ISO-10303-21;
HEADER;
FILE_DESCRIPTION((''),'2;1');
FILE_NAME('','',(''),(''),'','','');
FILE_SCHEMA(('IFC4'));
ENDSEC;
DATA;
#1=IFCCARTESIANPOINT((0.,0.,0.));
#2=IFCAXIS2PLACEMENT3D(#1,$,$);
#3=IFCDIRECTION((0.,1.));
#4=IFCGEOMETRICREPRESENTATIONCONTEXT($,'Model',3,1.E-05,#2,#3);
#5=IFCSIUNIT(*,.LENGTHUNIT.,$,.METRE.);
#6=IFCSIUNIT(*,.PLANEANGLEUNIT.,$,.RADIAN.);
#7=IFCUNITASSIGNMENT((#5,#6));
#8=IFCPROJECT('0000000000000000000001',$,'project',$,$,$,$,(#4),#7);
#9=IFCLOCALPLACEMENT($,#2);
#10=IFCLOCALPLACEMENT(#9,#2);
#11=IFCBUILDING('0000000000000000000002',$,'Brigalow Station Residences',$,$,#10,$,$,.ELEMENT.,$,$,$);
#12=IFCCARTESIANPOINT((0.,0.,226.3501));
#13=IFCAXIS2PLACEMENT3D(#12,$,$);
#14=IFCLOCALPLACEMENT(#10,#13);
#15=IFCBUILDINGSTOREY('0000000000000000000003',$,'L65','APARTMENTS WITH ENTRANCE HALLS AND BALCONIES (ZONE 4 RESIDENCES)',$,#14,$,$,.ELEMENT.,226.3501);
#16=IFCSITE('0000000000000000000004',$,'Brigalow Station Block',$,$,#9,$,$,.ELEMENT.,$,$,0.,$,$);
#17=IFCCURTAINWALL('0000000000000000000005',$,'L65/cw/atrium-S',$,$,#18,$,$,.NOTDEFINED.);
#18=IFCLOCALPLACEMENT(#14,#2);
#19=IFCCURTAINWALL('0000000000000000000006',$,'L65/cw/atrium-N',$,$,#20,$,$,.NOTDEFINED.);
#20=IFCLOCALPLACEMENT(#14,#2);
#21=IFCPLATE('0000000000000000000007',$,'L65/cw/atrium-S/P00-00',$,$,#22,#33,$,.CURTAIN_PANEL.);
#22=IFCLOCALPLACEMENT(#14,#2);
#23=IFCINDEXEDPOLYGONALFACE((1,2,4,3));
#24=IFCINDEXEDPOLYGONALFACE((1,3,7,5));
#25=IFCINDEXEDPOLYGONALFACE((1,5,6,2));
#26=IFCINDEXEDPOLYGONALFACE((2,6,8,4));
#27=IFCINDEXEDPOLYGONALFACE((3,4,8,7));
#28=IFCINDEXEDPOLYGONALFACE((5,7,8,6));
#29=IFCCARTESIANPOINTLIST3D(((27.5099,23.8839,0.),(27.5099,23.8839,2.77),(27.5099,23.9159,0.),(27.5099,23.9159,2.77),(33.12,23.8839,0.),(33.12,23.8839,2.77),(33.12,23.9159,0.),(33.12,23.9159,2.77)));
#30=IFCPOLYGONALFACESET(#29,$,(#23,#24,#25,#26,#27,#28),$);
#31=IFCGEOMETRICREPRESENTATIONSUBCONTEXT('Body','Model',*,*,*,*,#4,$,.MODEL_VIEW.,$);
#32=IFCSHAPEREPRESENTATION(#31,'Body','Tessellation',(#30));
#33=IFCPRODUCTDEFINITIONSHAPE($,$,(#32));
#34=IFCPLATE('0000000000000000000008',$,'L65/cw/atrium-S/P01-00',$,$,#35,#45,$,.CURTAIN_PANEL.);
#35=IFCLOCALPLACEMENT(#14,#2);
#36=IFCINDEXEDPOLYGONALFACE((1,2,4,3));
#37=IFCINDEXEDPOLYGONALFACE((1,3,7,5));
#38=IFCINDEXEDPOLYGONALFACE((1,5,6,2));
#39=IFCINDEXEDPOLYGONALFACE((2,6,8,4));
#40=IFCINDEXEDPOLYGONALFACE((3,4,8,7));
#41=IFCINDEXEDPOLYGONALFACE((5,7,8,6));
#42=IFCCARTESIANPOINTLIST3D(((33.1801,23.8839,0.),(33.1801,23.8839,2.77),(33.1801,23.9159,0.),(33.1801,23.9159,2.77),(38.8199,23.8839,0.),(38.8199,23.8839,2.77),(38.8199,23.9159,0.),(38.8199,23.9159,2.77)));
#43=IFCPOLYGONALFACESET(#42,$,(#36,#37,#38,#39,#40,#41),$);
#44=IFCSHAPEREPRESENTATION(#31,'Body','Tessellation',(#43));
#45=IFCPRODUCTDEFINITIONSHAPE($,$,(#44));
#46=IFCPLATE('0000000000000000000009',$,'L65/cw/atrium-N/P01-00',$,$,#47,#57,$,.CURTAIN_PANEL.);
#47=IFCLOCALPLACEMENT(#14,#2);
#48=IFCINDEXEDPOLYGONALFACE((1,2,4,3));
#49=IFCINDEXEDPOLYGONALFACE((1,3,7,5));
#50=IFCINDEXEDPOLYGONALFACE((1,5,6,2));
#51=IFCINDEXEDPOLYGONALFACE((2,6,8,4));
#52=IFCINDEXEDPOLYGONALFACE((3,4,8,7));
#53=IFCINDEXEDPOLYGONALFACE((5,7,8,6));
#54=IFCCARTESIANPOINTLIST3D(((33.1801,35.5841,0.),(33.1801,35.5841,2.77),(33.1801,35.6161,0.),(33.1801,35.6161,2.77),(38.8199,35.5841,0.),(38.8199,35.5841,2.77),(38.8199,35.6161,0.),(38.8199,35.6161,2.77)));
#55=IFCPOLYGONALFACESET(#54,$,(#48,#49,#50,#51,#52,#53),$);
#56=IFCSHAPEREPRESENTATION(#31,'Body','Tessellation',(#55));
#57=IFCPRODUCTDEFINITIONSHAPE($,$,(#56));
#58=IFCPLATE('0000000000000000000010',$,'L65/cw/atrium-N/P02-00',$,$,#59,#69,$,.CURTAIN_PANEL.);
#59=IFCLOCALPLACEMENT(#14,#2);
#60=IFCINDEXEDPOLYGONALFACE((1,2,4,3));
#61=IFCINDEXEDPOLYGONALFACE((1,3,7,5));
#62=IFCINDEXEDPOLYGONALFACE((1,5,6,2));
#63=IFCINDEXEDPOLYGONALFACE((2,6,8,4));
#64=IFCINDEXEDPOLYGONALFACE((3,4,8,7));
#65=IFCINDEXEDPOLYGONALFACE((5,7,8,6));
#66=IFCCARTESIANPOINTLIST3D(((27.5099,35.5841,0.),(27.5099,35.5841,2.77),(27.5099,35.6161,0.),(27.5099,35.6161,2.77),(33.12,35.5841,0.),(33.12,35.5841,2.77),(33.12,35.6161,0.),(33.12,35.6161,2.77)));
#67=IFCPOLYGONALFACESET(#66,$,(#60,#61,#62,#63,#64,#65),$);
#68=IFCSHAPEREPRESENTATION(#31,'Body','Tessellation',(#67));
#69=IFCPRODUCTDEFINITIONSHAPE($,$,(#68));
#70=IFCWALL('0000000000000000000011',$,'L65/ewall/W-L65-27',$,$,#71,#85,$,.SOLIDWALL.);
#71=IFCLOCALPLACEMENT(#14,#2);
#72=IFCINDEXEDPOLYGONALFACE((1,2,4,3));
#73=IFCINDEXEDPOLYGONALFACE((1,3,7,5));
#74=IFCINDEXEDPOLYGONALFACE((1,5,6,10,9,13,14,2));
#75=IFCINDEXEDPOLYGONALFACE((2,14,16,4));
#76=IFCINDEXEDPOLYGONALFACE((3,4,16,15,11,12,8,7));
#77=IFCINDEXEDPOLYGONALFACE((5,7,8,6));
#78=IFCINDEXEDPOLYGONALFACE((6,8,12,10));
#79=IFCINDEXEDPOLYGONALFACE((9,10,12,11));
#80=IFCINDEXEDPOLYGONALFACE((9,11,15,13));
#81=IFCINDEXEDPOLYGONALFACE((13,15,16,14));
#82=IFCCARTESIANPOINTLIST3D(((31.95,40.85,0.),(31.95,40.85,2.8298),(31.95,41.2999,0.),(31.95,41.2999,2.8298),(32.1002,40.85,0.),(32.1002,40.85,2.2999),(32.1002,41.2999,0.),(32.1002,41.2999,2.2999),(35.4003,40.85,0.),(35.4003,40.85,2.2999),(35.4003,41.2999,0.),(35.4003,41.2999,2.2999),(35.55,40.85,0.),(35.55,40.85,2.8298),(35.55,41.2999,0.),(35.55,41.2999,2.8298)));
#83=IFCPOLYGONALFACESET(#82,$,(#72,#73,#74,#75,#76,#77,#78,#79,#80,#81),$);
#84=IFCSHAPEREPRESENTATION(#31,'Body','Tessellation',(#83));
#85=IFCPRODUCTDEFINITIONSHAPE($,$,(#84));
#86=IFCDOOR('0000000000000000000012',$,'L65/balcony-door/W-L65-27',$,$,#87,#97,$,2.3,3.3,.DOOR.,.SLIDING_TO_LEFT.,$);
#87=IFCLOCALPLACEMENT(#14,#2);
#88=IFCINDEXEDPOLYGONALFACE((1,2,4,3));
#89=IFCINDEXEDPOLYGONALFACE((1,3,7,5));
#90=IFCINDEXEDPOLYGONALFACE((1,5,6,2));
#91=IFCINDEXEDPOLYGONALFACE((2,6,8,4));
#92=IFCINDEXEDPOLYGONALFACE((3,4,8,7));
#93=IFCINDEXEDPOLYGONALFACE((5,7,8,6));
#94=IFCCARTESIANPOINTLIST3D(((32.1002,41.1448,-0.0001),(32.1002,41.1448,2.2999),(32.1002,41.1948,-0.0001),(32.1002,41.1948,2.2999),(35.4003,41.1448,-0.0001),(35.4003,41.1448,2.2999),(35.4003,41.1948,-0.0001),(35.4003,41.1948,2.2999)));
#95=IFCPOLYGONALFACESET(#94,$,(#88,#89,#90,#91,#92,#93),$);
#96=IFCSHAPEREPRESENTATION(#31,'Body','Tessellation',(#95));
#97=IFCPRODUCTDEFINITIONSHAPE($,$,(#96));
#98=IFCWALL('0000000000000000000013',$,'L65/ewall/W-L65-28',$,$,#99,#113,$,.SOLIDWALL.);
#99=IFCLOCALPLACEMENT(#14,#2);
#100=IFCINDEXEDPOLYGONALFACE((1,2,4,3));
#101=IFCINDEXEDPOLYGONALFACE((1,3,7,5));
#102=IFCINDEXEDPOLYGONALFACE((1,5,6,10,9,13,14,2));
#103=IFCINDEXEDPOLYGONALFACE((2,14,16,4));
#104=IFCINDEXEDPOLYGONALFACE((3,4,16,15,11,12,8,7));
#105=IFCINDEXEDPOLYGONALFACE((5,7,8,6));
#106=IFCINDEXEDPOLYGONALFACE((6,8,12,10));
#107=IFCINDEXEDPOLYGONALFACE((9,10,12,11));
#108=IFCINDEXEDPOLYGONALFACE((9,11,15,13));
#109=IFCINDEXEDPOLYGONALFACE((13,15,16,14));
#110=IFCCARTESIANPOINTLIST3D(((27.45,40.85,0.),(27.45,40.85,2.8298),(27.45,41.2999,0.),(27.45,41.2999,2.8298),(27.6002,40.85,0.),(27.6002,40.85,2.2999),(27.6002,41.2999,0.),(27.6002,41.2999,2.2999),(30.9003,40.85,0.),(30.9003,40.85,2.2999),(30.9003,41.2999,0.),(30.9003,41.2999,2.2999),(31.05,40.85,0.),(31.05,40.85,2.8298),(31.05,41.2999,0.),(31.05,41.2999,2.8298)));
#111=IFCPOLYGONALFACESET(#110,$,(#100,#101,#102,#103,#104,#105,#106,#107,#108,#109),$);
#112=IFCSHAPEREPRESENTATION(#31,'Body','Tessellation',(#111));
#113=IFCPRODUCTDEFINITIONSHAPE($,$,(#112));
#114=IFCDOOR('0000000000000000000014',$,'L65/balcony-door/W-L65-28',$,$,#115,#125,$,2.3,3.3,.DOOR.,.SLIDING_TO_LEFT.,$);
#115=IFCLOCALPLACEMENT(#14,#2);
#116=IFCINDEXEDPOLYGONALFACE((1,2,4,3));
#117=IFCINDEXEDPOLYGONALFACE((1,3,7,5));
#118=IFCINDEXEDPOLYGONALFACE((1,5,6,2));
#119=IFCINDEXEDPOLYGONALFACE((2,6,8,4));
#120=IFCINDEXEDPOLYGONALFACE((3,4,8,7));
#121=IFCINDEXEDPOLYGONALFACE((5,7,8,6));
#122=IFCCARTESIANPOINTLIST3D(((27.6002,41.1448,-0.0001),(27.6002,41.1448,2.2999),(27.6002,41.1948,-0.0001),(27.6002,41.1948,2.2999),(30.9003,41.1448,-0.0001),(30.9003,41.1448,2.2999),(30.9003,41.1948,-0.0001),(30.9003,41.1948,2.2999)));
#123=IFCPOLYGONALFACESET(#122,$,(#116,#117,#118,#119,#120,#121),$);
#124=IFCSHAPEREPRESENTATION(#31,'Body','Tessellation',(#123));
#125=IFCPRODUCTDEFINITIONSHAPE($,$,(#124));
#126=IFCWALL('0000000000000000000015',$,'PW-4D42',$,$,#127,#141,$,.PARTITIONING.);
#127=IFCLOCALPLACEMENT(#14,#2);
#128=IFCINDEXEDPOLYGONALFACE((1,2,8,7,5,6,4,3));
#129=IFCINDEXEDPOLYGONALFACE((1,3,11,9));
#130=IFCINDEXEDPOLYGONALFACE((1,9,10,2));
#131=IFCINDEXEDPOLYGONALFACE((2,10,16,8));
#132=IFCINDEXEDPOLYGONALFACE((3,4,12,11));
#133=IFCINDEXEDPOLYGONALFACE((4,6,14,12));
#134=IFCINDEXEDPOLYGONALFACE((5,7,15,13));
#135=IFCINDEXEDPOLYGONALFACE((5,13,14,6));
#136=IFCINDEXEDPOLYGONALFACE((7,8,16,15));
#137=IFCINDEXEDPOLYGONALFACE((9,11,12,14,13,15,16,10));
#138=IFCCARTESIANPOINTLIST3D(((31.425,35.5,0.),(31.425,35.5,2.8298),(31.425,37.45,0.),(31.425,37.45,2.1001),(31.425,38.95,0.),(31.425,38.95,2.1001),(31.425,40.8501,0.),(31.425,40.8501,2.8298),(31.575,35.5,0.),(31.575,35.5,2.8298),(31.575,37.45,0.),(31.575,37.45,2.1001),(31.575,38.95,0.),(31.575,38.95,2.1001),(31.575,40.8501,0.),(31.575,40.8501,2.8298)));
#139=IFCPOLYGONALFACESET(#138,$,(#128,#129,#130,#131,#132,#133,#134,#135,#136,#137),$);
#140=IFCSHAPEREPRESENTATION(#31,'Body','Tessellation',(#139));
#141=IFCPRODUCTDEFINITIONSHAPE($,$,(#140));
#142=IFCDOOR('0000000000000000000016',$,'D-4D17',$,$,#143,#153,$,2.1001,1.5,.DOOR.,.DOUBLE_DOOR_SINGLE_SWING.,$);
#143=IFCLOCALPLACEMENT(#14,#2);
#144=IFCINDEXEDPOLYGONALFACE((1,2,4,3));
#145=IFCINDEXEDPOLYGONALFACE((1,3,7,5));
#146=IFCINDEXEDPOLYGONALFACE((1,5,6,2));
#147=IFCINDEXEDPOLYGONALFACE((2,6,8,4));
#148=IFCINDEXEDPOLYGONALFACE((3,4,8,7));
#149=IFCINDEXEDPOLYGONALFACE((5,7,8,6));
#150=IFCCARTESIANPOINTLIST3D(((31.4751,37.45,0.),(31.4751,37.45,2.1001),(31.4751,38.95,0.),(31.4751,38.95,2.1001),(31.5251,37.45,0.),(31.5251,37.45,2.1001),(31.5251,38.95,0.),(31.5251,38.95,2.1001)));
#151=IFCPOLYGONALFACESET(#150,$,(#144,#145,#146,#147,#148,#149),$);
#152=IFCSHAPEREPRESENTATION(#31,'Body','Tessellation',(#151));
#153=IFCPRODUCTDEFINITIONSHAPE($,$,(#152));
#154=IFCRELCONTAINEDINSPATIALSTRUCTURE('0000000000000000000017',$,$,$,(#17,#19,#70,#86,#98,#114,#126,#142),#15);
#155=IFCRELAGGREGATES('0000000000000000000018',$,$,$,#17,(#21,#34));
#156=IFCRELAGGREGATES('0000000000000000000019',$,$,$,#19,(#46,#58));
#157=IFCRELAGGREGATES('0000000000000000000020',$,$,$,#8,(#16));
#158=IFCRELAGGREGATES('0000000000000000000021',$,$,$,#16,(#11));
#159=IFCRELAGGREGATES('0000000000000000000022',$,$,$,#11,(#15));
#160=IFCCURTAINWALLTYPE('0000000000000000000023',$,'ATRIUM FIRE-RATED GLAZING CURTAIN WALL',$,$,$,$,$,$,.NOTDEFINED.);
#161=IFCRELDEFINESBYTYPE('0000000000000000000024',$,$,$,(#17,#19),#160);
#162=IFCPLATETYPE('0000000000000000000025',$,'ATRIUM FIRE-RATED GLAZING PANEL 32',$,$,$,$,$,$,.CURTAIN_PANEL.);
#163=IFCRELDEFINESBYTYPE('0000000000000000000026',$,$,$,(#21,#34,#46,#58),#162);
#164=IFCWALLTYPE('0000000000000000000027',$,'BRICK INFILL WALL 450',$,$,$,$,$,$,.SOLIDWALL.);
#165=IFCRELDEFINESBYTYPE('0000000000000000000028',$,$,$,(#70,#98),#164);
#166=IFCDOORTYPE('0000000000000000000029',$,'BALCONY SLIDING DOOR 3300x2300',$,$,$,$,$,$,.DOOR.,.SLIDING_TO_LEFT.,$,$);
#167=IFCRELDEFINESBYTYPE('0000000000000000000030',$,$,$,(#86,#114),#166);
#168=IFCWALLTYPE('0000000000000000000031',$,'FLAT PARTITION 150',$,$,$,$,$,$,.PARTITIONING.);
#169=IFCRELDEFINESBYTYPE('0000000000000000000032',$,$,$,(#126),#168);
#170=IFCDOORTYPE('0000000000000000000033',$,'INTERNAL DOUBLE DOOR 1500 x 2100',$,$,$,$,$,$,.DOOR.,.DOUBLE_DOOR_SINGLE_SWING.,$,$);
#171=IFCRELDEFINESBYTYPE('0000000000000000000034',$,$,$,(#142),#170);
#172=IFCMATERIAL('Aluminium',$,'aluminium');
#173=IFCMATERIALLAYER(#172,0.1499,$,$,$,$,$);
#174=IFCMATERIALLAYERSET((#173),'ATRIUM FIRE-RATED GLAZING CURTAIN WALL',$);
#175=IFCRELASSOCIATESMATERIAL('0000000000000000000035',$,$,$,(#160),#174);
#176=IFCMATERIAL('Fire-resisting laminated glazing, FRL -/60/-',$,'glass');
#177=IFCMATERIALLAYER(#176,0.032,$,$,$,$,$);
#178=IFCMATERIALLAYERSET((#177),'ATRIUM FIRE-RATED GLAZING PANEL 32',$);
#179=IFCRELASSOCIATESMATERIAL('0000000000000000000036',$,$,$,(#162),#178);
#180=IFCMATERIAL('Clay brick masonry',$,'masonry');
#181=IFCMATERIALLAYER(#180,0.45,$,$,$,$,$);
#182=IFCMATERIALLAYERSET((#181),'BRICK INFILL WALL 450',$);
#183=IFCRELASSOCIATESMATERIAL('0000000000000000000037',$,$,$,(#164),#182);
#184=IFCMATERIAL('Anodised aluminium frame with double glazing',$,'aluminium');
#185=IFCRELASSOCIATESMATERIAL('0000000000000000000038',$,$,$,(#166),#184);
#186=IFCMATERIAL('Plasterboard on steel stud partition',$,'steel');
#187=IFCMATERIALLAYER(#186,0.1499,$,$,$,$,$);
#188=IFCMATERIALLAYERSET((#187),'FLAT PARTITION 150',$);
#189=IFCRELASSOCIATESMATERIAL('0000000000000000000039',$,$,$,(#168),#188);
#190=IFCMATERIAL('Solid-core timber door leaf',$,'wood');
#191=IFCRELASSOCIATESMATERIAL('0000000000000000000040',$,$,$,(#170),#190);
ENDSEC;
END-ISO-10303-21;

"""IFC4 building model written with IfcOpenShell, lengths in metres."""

from ifc_helpers import new_model, si_unit, direction, frame, frame_2d, origin, origin_2d, place, context, subcontext, project, spatial, rectangle, extrude, material, layer, layer_set, type_object, element, fill, aggregate, save


model = new_model("IFC4")

# Units and contexts
model_context = context("Model", 3, precision=1e-05, world=origin(), true_north=direction((0.0, 1.0)))
body_context = subcontext(model_context, "Body", "Model", "MODEL_VIEW")
ifc_project = project(units=[si_unit("LENGTHUNIT", "METRE"), si_unit("PLANEANGLEUNIT", "RADIAN")], contexts=[model_context])

# Site, building, storey
site_placement = place(None, origin())
site = spatial("IfcSite", under=ifc_project, at=site_placement, Name="Brigalow Station Block", CompositionType="ELEMENT", RefElevation=0.0)
building_placement = place(site_placement, origin())
building = spatial("IfcBuilding", under=site, at=building_placement, Name="Brigalow Station Residences", CompositionType="ELEMENT")
storey_placement = place(building_placement, frame((0.0, 0.0, 226.3501)))
storey = spatial("IfcBuildingStorey", under=building, at=storey_placement, Name="L65", Description="APARTMENTS WITH ENTRANCE HALLS AND BALCONIES (ZONE 4 RESIDENCES)", CompositionType="ELEMENT", Elevation=226.3501)

# Curtain walls
ifc_material_1 = material(Name="Aluminium", Category="aluminium")
ifc_layer_1 = layer(ifc_material_1, 0.1499)
ifc_layer_set_1 = layer_set([ifc_layer_1], Name="ATRIUM FIRE-RATED GLAZING CURTAIN WALL")
curtain_wall_type = type_object("IfcCurtainWallType", Name="ATRIUM FIRE-RATED GLAZING CURTAIN WALL", PredefinedType="NOTDEFINED", material=ifc_layer_set_1)
curtain_wall_1_placement = place(storey_placement, origin())
curtain_wall_1 = element("IfcCurtainWall", 1, at=curtain_wall_1_placement, inside=storey, type_object=curtain_wall_type, Name="L65/cw/atrium-S", PredefinedType="NOTDEFINED")
curtain_wall_2_placement = place(storey_placement, origin())
curtain_wall_2 = element("IfcCurtainWall", 2, at=curtain_wall_2_placement, inside=storey, type_object=curtain_wall_type, Name="L65/cw/atrium-N", PredefinedType="NOTDEFINED")

# Plates
ifc_material_2 = material(Name="Fire-resisting laminated glazing, FRL -/60/-", Category="glass")
ifc_layer_2 = layer(ifc_material_2, 0.032)
ifc_layer_set_2 = layer_set([ifc_layer_2], Name="ATRIUM FIRE-RATED GLAZING PANEL 32")
plate_type = type_object("IfcPlateType", Name="ATRIUM FIRE-RATED GLAZING PANEL 32", PredefinedType="CURTAIN_PANEL", material=ifc_layer_set_2)
plate_1_placement = place(storey_placement, frame((30.3149, 23.8999, 0.0), z_axis=(0.0, 0.0, 1.0), x_axis=(1.0, 0.0, 0.0)))
plate_1 = element("IfcPlate", 3, at=plate_1_placement, type_object=plate_type, Name="L65/cw/atrium-S/P00-00", PredefinedType="CURTAIN_PANEL", context=body_context, shape_type="SweptSolid", body=[
    extrude(rectangle(XDim=5.6101, YDim=0.032, at=origin_2d()), origin(), (0.0, 0.0, 1.0), 2.77),
])
plate_2_placement = place(storey_placement, frame((36.0, 23.8999, 0.0), z_axis=(0.0, 0.0, 1.0), x_axis=(1.0, 0.0, 0.0)))
plate_2 = element("IfcPlate", 4, at=plate_2_placement, type_object=plate_type, Name="L65/cw/atrium-S/P01-00", PredefinedType="CURTAIN_PANEL", context=body_context, shape_type="SweptSolid", body=[
    extrude(rectangle(XDim=5.6399, YDim=0.032, at=origin_2d()), origin(), (0.0, 0.0, 1.0), 2.77),
])
aggregate(curtain_wall_1, [plate_1, plate_2])
plate_3_placement = place(storey_placement, frame((36.0, 35.6001, 0.0), z_axis=(0.0, 0.0, 1.0), x_axis=(-1.0, 0.0, 0.0)))
plate_3 = element("IfcPlate", 5, at=plate_3_placement, type_object=plate_type, Name="L65/cw/atrium-N/P01-00", PredefinedType="CURTAIN_PANEL", context=body_context, shape_type="SweptSolid", body=[
    extrude(rectangle(XDim=5.6399, YDim=0.032, at=origin_2d()), origin(), (0.0, 0.0, 1.0), 2.77),
])
plate_4_placement = place(storey_placement, frame((30.3149, 35.6001, 0.0), z_axis=(0.0, 0.0, 1.0), x_axis=(-1.0, 0.0, 0.0)))
plate_4 = element("IfcPlate", 6, at=plate_4_placement, type_object=plate_type, Name="L65/cw/atrium-N/P02-00", PredefinedType="CURTAIN_PANEL", context=body_context, shape_type="SweptSolid", body=[
    extrude(rectangle(XDim=5.6101, YDim=0.032, at=origin_2d()), origin(), (0.0, 0.0, 1.0), 2.77),
])
aggregate(curtain_wall_2, [plate_3, plate_4])

# Walls, openings, doors
ifc_material_3 = material(Name="Clay brick masonry", Category="masonry")
ifc_layer_3 = layer(ifc_material_3, 0.45)
ifc_layer_set_3 = layer_set([ifc_layer_3], Name="BRICK INFILL WALL 450")
wall_type_1 = type_object("IfcWallType", Name="BRICK INFILL WALL 450", PredefinedType="SOLIDWALL", material=ifc_layer_set_3)
wall_1_placement = place(storey_placement, frame((35.55, 41.075, 0.0), z_axis=(0.0, 0.0, 1.0), x_axis=(-1.0, 0.0, 0.0)))
wall_1 = element("IfcWall", 7, at=wall_1_placement, inside=storey, type_object=wall_type_1, Name="L65/ewall/W-L65-27", PredefinedType="SOLIDWALL", context=body_context, shape_type="SweptSolid", body=[
    extrude(rectangle(XDim=3.6001, YDim=0.45, at=frame_2d((1.8, 0.0))), origin(), (0.0, 0.0, 1.0), 2.8298),
])
opening_1_placement = place(wall_1_placement, frame((0.1499, 0.0, 0.0)))
opening_1 = element("IfcOpeningElement", 8, at=opening_1_placement, cuts=wall_1, PredefinedType="OPENING", context=body_context, shape_type="SweptSolid", body=[
    extrude(rectangle(XDim=3.3, YDim=2.3, at=frame_2d((1.6499, 1.1499))), frame((0.0, 0.2349, 0.0), z_axis=(0.0, -1.0, 0.0), x_axis=(1.0, 0.0, 0.0)), (0.0, 0.0, 1.0), 0.47),
])
ifc_material_4 = material(Name="Anodised aluminium frame with double glazing", Category="aluminium")
door_type_1 = type_object("IfcDoorType", Name="BALCONY SLIDING DOOR 3300x2300", OperationType="SLIDING_TO_LEFT", PredefinedType="DOOR", material=ifc_material_4)
door_1_placement = place(opening_1_placement, origin())
door_1 = element("IfcDoor", 9, at=door_1_placement, inside=storey, type_object=door_type_1, Name="L65/balcony-door/W-L65-27", OperationType="SLIDING_TO_LEFT", OverallHeight=2.3, OverallWidth=3.3, PredefinedType="DOOR", context=body_context, shape_type="SweptSolid", body=[
    extrude(rectangle(XDim=3.3, YDim=2.3, at=frame_2d((1.6499, 1.1499))), frame((0.0, -0.0698, 0.0), z_axis=(0.0, -1.0, 0.0), x_axis=(1.0, 0.0, 0.0)), (0.0, 0.0, 1.0), 0.05),
])
fill(opening_1, door_1)
wall_2_placement = place(storey_placement, frame((31.05, 41.075, 0.0), z_axis=(0.0, 0.0, 1.0), x_axis=(-1.0, 0.0, 0.0)))
wall_2 = element("IfcWall", 10, at=wall_2_placement, inside=storey, type_object=wall_type_1, Name="L65/ewall/W-L65-28", PredefinedType="SOLIDWALL", context=body_context, shape_type="SweptSolid", body=[
    extrude(rectangle(XDim=3.6001, YDim=0.45, at=frame_2d((1.8, 0.0))), origin(), (0.0, 0.0, 1.0), 2.8298),
])
opening_2_placement = place(wall_2_placement, frame((0.1499, 0.0, 0.0)))
opening_2 = element("IfcOpeningElement", 11, at=opening_2_placement, cuts=wall_2, PredefinedType="OPENING", context=body_context, shape_type="SweptSolid", body=[
    extrude(rectangle(XDim=3.3, YDim=2.3, at=frame_2d((1.6499, 1.1499))), frame((0.0, 0.2349, 0.0), z_axis=(0.0, -1.0, 0.0), x_axis=(1.0, 0.0, 0.0)), (0.0, 0.0, 1.0), 0.47),
])
door_2_placement = place(opening_2_placement, origin())
door_2 = element("IfcDoor", 12, at=door_2_placement, inside=storey, type_object=door_type_1, Name="L65/balcony-door/W-L65-28", OperationType="SLIDING_TO_LEFT", OverallHeight=2.3, OverallWidth=3.3, PredefinedType="DOOR", context=body_context, shape_type="SweptSolid", body=[
    extrude(rectangle(XDim=3.3, YDim=2.3, at=frame_2d((1.6499, 1.1499))), frame((0.0, -0.0698, 0.0), z_axis=(0.0, -1.0, 0.0), x_axis=(1.0, 0.0, 0.0)), (0.0, 0.0, 1.0), 0.05),
])
fill(opening_2, door_2)
ifc_material_5 = material(Name="Plasterboard on steel stud partition", Category="steel")
ifc_layer_4 = layer(ifc_material_5, 0.1499)
ifc_layer_set_4 = layer_set([ifc_layer_4], Name="FLAT PARTITION 150")
wall_type_2 = type_object("IfcWallType", Name="FLAT PARTITION 150", PredefinedType="PARTITIONING", material=ifc_layer_set_4)
wall_3_placement = place(storey_placement, frame((31.5, 35.5, 0.0), z_axis=(0.0, 0.0, 1.0), x_axis=(0.0, 1.0, 0.0)))
wall_3 = element("IfcWall", 13, at=wall_3_placement, inside=storey, type_object=wall_type_2, Name="PW-4D42", PredefinedType="PARTITIONING", context=body_context, shape_type="SweptSolid", body=[
    extrude(rectangle(XDim=5.3501, YDim=0.1499, at=frame_2d((2.675, 0.0))), origin(), (0.0, 0.0, 1.0), 2.8298),
])
opening_3_placement = place(wall_3_placement, frame((1.95, 0.0, 0.0)))
opening_3 = element("IfcOpeningElement", 14, at=opening_3_placement, cuts=wall_3, PredefinedType="OPENING", context=body_context, shape_type="SweptSolid", body=[
    extrude(rectangle(XDim=1.5, YDim=2.1001, at=frame_2d((0.75, 1.05))), frame((0.0, 0.085, 0.0), z_axis=(0.0, -1.0, 0.0), x_axis=(1.0, 0.0, 0.0)), (0.0, 0.0, 1.0), 0.1699),
])
ifc_material_6 = material(Name="Solid-core timber door leaf", Category="wood")
door_type_2 = type_object("IfcDoorType", Name="INTERNAL DOUBLE DOOR 1500 x 2100", OperationType="DOUBLE_DOOR_SINGLE_SWING", PredefinedType="DOOR", material=ifc_material_6)
door_3_placement = place(opening_3_placement, origin())
door_3 = element("IfcDoor", 15, at=door_3_placement, inside=storey, type_object=door_type_2, Name="D-4D17", OperationType="DOUBLE_DOOR_SINGLE_SWING", OverallHeight=2.1001, OverallWidth=1.5, PredefinedType="DOOR", context=body_context, shape_type="SweptSolid", body=[
    extrude(rectangle(XDim=1.5, YDim=2.1001, at=frame_2d((0.75, 1.05))), frame((0.0, 0.0249, 0.0), z_axis=(0.0, -1.0, 0.0), x_axis=(1.0, 0.0, 0.0)), (0.0, 0.0, 1.0), 0.05),
])
fill(opening_3, door_3)

save(model, "model.ifc")
